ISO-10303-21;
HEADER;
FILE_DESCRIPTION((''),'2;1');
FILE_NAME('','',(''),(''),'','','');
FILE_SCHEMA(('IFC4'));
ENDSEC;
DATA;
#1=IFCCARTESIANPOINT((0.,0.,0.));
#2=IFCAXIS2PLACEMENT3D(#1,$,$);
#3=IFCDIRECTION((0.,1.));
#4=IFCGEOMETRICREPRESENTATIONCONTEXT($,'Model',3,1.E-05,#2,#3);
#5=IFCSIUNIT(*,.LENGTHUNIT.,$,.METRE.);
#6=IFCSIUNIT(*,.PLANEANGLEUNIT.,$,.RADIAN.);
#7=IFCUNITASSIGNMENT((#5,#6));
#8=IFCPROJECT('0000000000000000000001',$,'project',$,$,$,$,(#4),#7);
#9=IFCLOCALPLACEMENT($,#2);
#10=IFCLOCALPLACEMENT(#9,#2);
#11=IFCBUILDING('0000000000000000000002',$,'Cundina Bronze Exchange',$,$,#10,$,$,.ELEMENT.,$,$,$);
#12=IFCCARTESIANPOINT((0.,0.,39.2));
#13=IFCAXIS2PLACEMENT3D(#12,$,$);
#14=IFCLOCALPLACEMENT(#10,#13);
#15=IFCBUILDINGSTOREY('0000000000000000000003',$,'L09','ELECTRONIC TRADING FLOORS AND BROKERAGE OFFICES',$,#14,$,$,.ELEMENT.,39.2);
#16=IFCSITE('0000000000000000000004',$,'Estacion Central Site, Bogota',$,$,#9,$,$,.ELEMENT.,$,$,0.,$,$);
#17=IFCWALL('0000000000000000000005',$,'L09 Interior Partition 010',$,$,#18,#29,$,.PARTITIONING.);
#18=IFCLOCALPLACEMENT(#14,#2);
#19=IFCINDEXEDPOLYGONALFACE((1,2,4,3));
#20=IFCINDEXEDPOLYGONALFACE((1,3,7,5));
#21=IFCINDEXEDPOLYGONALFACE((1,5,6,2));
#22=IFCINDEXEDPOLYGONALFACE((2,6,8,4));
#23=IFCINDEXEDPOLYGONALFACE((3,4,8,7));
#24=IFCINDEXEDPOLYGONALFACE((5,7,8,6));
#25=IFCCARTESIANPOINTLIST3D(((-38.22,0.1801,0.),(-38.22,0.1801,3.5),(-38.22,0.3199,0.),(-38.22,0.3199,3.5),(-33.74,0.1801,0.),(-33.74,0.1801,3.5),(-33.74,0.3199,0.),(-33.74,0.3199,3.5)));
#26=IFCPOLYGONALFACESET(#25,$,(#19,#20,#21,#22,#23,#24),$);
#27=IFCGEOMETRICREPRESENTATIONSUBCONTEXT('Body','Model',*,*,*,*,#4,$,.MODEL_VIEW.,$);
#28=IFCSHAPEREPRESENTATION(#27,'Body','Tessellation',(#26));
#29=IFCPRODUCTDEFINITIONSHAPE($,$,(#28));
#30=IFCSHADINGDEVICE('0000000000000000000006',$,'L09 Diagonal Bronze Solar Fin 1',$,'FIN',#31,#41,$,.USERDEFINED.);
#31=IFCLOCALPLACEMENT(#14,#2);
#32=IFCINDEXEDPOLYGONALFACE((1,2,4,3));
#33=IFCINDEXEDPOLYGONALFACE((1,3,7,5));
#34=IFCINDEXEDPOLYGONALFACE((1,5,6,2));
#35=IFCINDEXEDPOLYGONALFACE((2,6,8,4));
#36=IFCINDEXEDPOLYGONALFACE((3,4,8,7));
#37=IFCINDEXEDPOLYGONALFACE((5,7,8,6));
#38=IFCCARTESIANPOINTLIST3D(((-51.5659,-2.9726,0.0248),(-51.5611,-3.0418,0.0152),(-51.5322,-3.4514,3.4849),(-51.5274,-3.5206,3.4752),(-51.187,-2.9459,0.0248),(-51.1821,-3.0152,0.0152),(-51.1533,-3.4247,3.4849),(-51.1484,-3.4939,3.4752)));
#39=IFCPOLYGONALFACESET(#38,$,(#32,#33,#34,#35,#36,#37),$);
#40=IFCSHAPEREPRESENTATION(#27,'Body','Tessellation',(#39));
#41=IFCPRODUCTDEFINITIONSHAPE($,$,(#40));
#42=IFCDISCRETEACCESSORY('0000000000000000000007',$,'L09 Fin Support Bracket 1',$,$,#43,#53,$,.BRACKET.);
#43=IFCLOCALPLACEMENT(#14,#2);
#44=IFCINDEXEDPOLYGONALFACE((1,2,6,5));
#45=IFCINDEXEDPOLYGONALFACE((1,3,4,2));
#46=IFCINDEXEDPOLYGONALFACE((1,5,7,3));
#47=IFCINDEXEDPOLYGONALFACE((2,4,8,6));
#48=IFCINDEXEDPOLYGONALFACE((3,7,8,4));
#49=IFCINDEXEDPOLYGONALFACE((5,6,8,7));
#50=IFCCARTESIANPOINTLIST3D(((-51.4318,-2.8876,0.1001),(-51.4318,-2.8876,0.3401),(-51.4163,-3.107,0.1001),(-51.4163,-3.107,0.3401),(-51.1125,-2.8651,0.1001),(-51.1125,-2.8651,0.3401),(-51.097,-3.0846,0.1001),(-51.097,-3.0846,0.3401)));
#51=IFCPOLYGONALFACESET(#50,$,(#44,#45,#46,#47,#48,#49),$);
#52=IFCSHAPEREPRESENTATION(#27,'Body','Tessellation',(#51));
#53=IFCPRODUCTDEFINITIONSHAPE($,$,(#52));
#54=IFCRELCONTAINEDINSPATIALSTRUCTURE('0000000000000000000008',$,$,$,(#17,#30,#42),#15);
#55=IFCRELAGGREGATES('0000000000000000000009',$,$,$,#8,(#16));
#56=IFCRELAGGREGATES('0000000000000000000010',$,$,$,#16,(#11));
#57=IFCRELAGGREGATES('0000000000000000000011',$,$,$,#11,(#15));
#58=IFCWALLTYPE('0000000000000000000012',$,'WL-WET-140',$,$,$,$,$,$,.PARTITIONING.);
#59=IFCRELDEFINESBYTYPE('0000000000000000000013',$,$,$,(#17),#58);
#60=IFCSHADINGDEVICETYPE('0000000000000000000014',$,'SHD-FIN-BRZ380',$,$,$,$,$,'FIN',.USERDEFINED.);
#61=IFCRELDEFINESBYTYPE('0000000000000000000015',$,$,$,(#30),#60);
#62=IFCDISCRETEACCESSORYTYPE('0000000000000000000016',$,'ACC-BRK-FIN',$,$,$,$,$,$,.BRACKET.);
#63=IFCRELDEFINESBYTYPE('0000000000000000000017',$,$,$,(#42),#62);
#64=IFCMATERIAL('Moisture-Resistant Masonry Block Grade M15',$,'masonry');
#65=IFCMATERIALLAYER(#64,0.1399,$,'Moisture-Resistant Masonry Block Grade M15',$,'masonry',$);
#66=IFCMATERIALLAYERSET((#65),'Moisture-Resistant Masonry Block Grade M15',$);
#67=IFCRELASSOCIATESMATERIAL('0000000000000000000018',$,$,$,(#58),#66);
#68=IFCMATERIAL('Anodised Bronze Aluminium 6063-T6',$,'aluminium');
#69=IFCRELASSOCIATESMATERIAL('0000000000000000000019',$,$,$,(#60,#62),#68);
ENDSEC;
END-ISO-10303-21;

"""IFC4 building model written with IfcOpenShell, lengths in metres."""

from ifc_helpers import new_model, si_unit, direction, frame, frame_2d, origin, origin_2d, place, context, subcontext, project, spatial, rectangle, extrude, material, layer, layer_set, material_profile, profile_set, type_object, element, save


model = new_model("IFC4")

# Units and contexts
model_context = context("Model", 3, precision=1e-05, world=origin(), true_north=direction((0.0, 1.0)))
body_context = subcontext(model_context, "Body", "Model", "MODEL_VIEW")
ifc_project = project(units=[si_unit("LENGTHUNIT", "METRE"), si_unit("PLANEANGLEUNIT", "RADIAN")], contexts=[model_context])

# Site, building, storey
site_placement = place(None, origin())
site = spatial("IfcSite", under=ifc_project, at=site_placement, Name="Estacion Central Site, Bogota", CompositionType="ELEMENT", RefElevation=0.0)
building_placement = place(site_placement, origin())
building = spatial("IfcBuilding", under=site, at=building_placement, Name="Cundina Bronze Exchange", CompositionType="ELEMENT")
storey_placement = place(building_placement, frame((0.0, 0.0, 39.2)))
storey = spatial("IfcBuildingStorey", under=building, at=storey_placement, Name="L09", Description="ELECTRONIC TRADING FLOORS AND BROKERAGE OFFICES", CompositionType="ELEMENT", Elevation=39.2)

# Shared definitions
ifc_material_1 = material(Name="Anodised Bronze Aluminium 6063-T6", Category="aluminium")

# Wall
ifc_material_2 = material(Name="Moisture-Resistant Masonry Block Grade M15", Category="masonry")
ifc_layer_1 = layer(ifc_material_2, 0.1399, Name="Moisture-Resistant Masonry Block Grade M15", Category="masonry")
ifc_layer_set_1 = layer_set([ifc_layer_1], Name="Moisture-Resistant Masonry Block Grade M15")
wall_type_1 = type_object("IfcWallType", Name="WL-WET-140", PredefinedType="PARTITIONING", material=ifc_layer_set_1)
wall_1_placement = place(storey_placement, frame((-38.22, 0.25, 0.0), z_axis=(0.0, 0.0, 1.0), x_axis=(1.0, 0.0, 0.0)))
element("IfcWall", 1, at=wall_1_placement, inside=storey, type_object=wall_type_1, Name="L09 Interior Partition 010", PredefinedType="PARTITIONING", context=body_context, shape_type="SweptSolid", body=[
    extrude(rectangle(XDim=4.48, YDim=0.1399, at=frame_2d((2.24, 0.0))), origin(), (0.0, 0.0, 1.0), 3.5),
])

# Shading device
ifc_material_profile_1 = material_profile(ifc_material_1, rectangle(XDim=0.0701, YDim=0.3799, at=origin_2d()), Name="FIN70X380", Category="aluminium")
ifc_profile_set_1 = profile_set([ifc_material_profile_1], Name="Anodised Bronze Aluminium 6063-T6")
shading_device_type = type_object("IfcShadingDeviceType", Name="SHD-FIN-BRZ380", ElementType="FIN", PredefinedType="USERDEFINED", material=ifc_profile_set_1)
shading_device_placement = place(storey_placement, frame((-51.374, -2.9939, 0.02), z_axis=(0.009645, -0.137059, 0.990516), x_axis=(-0.069533, 0.988072, 0.137398)))
element("IfcShadingDevice", 2, at=shading_device_placement, inside=storey, type_object=shading_device_type, Name="L09 Diagonal Bronze Solar Fin 1", ObjectType="FIN", PredefinedType="USERDEFINED", context=body_context, shape_type="SweptSolid", body=[
    extrude(rectangle(XDim=0.0701, YDim=0.3799, at=origin_2d()), origin(), (0.0, 0.0, 1.0), 3.4932),
])

# Discrete accessory
discrete_accessory_type = type_object("IfcDiscreteAccessoryType", Name="ACC-BRK-FIN", PredefinedType="BRACKET", material=ifc_material_1)
discrete_accessory_placement = place(storey_placement, frame((-51.2644, -2.9861, 0.1001), z_axis=(0.0, 0.0, 1.0), x_axis=(0.070279, -0.997527, 0.0)))
element("IfcDiscreteAccessory", 3, at=discrete_accessory_placement, inside=storey, type_object=discrete_accessory_type, Name="L09 Fin Support Bracket 1", PredefinedType="BRACKET", context=body_context, shape_type="SweptSolid", body=[
    extrude(rectangle(XDim=0.22, YDim=0.3201, at=origin_2d()), origin(), (0.0, 0.0, 1.0), 0.24),
])

save(model, "model.ifc")
